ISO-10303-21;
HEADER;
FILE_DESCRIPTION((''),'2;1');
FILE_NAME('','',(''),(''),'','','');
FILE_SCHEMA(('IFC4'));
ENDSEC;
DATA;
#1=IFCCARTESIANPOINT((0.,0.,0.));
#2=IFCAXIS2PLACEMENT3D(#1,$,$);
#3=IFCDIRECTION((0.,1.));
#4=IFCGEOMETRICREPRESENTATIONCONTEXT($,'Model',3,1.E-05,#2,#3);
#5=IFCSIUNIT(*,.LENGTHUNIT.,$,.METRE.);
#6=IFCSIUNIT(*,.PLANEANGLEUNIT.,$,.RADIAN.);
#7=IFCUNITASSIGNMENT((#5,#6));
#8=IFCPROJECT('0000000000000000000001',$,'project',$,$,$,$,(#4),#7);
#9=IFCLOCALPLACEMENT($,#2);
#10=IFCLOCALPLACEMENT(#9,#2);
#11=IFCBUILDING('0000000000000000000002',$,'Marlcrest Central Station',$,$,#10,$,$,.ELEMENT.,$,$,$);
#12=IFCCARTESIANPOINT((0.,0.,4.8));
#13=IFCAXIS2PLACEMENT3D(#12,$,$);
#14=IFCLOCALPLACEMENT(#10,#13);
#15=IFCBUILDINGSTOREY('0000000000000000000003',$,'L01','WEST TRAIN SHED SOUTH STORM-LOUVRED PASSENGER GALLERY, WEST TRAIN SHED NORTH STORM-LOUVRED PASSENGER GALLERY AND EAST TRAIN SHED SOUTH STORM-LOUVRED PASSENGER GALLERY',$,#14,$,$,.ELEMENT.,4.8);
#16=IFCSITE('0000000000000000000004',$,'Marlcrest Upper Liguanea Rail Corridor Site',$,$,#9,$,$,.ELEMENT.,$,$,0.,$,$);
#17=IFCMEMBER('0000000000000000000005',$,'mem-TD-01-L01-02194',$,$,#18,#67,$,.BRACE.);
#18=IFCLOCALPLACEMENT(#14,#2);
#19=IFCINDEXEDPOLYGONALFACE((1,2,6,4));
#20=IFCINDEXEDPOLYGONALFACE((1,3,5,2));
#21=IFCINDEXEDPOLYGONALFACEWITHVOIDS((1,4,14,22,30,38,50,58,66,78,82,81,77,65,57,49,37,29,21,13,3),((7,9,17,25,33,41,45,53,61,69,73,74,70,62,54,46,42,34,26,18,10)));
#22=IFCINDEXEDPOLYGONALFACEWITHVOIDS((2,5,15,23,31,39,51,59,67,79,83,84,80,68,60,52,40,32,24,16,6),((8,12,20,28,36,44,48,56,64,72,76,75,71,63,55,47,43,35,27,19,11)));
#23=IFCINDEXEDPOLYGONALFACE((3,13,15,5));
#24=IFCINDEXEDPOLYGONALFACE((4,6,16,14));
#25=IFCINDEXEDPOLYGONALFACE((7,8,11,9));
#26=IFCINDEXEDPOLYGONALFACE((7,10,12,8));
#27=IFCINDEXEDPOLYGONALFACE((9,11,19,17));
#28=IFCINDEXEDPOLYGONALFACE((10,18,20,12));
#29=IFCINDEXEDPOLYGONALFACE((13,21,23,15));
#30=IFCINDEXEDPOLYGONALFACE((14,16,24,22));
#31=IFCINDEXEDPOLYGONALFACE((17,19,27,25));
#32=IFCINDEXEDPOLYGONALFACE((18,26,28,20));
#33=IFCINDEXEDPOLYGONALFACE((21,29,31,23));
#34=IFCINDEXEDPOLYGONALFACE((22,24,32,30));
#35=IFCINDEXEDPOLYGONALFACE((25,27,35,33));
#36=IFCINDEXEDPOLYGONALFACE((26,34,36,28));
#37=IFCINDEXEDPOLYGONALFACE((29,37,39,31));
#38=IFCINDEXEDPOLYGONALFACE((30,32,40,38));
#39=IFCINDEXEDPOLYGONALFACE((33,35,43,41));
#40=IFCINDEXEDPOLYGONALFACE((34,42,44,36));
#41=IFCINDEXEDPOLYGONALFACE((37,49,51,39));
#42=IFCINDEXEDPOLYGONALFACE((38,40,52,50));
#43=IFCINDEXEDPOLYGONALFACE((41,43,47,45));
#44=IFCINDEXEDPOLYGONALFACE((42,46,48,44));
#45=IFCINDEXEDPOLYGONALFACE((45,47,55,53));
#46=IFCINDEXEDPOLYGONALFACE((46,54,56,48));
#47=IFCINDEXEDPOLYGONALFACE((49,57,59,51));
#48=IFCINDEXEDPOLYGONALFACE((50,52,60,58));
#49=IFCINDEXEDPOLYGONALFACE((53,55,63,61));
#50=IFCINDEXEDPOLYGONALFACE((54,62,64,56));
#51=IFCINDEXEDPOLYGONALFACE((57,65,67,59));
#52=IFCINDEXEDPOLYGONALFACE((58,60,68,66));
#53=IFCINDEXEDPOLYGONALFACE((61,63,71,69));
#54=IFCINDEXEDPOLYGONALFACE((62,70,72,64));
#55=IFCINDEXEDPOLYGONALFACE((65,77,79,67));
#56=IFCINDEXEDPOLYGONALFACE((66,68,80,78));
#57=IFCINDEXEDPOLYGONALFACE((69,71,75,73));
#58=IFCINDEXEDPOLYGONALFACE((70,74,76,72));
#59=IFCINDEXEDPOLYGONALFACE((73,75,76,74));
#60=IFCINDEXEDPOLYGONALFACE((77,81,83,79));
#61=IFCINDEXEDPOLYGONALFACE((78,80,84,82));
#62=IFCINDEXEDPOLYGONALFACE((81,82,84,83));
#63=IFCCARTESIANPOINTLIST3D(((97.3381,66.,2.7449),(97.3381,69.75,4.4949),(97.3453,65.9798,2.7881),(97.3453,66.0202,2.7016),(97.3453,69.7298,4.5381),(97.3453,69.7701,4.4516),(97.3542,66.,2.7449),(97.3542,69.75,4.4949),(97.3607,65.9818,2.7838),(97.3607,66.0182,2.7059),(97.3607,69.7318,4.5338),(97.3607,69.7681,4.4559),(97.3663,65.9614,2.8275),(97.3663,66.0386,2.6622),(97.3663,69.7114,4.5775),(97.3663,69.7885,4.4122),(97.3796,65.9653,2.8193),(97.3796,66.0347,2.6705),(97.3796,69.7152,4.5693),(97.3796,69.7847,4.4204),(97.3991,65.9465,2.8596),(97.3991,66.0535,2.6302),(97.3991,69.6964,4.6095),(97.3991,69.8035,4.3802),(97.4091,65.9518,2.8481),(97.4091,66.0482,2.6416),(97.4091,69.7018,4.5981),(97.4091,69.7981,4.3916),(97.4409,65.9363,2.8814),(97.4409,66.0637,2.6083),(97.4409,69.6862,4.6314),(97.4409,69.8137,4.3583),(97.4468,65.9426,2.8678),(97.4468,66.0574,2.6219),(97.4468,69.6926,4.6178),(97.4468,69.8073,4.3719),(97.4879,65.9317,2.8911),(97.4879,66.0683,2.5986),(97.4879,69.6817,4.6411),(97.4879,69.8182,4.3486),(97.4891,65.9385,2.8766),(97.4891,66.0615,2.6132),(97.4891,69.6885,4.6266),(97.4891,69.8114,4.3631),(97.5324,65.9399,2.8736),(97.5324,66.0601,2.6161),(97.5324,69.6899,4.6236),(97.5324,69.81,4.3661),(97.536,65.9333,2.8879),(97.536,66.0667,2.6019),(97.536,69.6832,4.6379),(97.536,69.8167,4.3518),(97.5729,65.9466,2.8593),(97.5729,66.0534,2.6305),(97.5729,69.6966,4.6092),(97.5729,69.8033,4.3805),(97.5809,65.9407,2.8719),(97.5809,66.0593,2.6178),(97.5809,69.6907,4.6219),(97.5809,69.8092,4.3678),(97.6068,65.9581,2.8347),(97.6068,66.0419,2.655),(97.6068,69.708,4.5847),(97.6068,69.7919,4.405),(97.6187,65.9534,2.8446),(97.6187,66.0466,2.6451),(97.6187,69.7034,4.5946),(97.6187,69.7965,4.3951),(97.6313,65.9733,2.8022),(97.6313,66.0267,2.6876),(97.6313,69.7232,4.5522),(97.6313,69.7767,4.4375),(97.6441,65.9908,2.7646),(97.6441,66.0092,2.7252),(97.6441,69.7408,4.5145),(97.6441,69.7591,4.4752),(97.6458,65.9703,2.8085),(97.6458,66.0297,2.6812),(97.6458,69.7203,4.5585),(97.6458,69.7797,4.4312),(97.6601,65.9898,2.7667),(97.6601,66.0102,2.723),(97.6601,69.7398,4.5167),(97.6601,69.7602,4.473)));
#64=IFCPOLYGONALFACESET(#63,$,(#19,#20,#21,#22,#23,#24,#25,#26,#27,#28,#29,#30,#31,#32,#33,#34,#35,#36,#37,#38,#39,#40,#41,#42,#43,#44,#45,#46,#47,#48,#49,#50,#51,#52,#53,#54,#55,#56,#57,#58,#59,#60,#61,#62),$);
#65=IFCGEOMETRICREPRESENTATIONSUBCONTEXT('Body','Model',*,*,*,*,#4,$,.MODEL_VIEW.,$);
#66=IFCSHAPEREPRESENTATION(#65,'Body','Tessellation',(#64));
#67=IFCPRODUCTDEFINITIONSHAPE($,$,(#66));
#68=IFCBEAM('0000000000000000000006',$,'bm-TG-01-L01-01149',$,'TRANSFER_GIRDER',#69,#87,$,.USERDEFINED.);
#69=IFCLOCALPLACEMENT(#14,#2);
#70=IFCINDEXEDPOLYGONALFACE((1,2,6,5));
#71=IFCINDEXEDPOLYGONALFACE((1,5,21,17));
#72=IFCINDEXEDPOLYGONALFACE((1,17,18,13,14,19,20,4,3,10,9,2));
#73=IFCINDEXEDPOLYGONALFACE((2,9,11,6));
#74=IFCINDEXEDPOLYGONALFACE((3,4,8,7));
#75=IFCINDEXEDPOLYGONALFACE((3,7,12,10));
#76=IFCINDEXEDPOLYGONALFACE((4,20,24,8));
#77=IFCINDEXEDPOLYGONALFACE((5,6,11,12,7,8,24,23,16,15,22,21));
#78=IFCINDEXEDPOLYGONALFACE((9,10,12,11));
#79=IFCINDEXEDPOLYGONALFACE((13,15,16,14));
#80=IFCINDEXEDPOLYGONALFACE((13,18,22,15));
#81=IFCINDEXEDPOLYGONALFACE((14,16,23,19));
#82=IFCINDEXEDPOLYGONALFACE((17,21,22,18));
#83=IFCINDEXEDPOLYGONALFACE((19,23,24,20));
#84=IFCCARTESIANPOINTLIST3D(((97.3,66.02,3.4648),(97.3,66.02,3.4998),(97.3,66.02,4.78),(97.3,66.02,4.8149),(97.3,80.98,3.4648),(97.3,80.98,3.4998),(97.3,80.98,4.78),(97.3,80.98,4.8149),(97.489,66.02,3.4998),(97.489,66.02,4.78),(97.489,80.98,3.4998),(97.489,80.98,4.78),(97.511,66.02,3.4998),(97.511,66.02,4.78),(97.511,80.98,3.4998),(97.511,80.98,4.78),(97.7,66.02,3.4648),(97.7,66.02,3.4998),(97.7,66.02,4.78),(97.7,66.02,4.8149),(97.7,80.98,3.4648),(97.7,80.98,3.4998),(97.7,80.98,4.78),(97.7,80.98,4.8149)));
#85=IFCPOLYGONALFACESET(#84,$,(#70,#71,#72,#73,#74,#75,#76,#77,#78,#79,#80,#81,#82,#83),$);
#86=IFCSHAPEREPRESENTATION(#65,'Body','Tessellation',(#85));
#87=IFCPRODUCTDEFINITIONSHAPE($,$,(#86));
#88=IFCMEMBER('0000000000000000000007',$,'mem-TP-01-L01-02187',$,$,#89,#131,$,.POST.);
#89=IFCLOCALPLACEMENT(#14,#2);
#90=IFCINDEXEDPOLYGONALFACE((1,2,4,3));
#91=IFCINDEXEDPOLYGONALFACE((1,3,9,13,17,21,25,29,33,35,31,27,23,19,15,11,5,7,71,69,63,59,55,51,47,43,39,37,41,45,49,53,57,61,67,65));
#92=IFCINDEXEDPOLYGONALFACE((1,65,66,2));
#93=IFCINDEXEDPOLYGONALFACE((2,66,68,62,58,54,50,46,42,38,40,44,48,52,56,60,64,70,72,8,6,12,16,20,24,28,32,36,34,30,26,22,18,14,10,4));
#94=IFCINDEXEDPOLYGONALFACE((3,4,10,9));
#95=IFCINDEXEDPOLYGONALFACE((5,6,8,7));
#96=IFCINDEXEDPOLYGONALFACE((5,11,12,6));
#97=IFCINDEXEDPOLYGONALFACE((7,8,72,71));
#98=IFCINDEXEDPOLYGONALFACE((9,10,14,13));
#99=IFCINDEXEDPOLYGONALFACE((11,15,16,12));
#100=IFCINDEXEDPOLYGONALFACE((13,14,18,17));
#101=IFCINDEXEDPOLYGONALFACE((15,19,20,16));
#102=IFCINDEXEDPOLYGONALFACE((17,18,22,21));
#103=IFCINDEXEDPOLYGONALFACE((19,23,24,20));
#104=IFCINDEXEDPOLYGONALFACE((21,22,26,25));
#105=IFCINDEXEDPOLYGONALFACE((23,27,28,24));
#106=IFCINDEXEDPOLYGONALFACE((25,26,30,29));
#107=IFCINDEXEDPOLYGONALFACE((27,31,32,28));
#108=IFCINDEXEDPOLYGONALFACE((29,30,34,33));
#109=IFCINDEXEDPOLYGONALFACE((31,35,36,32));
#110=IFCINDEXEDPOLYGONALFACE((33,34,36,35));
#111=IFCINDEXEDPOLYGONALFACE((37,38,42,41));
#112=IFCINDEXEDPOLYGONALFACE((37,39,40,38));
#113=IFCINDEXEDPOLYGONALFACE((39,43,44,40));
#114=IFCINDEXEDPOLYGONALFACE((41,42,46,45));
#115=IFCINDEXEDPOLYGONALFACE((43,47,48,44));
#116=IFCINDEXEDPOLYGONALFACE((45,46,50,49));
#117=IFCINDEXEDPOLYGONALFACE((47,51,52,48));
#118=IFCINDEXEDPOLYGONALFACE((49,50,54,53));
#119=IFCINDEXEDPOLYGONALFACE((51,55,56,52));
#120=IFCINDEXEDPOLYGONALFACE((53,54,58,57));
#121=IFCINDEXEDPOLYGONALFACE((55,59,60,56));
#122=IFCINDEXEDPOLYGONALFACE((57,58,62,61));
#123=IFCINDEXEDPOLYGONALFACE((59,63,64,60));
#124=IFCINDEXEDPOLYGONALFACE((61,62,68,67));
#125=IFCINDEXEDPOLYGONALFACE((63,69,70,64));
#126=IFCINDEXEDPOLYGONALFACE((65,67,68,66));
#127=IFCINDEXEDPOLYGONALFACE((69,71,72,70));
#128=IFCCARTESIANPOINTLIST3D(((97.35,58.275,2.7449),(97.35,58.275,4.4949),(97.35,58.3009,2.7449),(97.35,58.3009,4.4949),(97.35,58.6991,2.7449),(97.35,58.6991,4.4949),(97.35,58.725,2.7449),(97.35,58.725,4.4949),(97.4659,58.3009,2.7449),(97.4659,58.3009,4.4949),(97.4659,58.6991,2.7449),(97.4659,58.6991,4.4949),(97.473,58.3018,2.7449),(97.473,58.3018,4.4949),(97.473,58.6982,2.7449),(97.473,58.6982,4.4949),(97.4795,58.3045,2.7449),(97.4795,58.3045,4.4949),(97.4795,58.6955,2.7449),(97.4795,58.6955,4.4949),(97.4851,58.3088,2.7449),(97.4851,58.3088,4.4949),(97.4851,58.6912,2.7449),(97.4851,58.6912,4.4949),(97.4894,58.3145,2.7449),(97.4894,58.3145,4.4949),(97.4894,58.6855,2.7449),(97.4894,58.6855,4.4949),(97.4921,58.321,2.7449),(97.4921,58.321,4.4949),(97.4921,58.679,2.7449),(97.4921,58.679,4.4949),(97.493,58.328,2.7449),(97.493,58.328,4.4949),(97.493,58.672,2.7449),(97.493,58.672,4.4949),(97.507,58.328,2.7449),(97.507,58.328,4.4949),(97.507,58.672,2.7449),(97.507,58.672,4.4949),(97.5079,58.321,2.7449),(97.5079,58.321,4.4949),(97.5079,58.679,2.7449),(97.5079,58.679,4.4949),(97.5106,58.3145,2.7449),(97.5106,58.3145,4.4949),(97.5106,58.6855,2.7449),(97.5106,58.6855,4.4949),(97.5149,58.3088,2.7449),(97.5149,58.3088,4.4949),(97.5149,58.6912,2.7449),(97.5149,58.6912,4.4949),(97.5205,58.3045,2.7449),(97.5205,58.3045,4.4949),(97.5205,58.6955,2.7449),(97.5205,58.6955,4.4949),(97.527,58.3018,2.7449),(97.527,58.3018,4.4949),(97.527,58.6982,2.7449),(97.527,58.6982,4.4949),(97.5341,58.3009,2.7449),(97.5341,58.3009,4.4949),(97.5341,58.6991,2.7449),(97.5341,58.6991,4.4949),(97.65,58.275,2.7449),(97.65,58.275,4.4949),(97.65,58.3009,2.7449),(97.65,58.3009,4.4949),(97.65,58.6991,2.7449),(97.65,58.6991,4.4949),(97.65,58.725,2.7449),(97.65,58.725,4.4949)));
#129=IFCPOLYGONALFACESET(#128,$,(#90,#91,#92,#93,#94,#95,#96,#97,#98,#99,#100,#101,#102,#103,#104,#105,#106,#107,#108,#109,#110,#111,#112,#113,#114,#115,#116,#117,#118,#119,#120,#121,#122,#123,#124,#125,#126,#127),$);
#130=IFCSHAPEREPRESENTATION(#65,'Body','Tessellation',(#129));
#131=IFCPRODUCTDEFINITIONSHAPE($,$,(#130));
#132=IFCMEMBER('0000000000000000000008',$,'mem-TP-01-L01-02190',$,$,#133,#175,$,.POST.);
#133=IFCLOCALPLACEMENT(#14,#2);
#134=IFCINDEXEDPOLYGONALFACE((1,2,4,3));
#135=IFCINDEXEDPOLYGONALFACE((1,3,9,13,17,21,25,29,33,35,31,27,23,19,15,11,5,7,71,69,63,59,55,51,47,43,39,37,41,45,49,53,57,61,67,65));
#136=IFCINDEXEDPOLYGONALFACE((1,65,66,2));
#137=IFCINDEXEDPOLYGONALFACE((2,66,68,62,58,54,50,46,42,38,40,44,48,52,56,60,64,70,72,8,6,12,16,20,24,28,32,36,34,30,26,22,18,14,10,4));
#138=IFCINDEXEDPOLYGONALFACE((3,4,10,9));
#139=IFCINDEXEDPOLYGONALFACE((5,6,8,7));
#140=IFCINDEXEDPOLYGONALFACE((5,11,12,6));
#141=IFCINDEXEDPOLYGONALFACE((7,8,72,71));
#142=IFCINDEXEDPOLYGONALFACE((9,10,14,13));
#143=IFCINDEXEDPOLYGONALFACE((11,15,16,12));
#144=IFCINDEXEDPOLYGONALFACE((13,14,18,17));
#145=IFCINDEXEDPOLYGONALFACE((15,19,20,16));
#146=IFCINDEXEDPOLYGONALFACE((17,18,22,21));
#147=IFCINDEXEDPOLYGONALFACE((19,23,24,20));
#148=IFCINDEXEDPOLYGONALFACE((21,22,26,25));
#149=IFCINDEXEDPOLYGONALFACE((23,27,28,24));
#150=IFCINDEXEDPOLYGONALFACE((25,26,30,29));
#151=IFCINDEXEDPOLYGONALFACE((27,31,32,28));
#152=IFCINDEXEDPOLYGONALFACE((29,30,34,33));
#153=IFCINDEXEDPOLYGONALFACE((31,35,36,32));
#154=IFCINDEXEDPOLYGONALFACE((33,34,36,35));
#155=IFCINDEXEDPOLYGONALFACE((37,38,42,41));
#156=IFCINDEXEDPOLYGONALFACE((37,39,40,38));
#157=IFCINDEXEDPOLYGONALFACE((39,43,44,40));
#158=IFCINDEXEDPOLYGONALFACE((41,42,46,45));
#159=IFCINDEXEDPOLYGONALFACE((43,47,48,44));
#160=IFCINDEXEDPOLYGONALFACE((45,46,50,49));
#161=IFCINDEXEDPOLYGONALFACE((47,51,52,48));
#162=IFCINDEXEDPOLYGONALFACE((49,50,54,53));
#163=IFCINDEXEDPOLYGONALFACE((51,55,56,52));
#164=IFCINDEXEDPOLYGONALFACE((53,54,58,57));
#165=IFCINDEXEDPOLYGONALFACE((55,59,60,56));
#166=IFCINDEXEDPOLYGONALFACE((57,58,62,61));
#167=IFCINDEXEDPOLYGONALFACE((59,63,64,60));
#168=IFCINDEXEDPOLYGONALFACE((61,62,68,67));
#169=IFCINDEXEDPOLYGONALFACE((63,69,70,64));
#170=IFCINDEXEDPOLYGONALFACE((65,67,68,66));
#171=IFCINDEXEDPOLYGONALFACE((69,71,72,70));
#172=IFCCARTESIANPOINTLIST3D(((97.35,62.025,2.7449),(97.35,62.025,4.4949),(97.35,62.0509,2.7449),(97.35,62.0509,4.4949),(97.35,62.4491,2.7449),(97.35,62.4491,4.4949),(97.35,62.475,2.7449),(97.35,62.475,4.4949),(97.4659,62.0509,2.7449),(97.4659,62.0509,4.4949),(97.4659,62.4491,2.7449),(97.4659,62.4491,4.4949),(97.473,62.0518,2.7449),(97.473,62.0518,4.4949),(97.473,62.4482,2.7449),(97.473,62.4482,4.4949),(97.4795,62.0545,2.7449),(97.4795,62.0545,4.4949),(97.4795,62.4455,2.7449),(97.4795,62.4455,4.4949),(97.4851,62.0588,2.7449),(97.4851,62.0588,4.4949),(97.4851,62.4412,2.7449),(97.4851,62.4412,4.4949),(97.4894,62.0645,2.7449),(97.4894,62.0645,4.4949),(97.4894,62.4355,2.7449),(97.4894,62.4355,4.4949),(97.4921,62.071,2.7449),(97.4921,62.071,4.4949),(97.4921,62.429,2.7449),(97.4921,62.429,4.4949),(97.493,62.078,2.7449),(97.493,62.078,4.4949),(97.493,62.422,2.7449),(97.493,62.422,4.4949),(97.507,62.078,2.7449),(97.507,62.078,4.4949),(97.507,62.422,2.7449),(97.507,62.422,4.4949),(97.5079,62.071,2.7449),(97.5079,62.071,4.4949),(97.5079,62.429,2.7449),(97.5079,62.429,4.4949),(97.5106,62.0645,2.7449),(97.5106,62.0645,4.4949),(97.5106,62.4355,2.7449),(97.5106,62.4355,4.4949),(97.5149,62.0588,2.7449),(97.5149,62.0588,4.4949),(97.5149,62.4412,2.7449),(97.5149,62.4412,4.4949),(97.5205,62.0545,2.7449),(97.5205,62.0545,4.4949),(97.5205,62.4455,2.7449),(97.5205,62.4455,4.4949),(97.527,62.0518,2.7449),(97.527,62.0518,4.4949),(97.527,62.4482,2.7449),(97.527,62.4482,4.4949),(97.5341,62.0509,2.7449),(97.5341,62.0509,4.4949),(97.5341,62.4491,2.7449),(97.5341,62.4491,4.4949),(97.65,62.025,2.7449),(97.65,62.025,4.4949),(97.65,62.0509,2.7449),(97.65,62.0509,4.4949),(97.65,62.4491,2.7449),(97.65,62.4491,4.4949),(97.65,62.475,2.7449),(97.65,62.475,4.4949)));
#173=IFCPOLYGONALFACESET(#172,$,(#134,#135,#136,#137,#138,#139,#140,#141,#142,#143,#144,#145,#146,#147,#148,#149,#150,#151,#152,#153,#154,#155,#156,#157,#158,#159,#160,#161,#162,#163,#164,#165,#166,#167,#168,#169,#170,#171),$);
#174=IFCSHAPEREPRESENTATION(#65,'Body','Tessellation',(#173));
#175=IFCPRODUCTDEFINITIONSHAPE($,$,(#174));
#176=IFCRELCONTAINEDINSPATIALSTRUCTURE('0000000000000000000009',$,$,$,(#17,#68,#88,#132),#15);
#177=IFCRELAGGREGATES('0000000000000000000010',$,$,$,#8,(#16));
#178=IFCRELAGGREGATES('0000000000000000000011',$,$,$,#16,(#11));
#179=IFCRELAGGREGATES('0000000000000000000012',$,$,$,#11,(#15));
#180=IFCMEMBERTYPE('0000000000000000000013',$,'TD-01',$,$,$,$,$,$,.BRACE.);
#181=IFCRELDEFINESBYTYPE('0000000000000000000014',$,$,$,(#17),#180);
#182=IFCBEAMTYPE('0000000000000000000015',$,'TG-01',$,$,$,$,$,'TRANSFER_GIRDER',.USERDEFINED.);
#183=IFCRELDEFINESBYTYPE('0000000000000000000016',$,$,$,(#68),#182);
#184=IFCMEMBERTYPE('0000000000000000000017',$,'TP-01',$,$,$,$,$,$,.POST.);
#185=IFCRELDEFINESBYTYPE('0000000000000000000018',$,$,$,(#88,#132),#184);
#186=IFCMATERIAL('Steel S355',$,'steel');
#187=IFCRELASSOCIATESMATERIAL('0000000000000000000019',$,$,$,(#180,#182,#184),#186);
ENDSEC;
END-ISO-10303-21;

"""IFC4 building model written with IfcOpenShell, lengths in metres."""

from ifc_helpers import new_model, si_unit, direction, frame, origin, origin_2d, place, context, subcontext, project, spatial, hollow_circle, i_section, extrude, material, material_profile, profile_set, type_object, element, save


model = new_model("IFC4")

# Units and contexts
model_context = context("Model", 3, precision=1e-05, world=origin(), true_north=direction((0.0, 1.0)))
body_context = subcontext(model_context, "Body", "Model", "MODEL_VIEW")
ifc_project = project(units=[si_unit("LENGTHUNIT", "METRE"), si_unit("PLANEANGLEUNIT", "RADIAN")], contexts=[model_context])

# Site, building, storey
site_placement = place(None, origin())
site = spatial("IfcSite", under=ifc_project, at=site_placement, Name="Marlcrest Upper Liguanea Rail Corridor Site", CompositionType="ELEMENT", RefElevation=0.0)
building_placement = place(site_placement, origin())
building = spatial("IfcBuilding", under=site, at=building_placement, Name="Marlcrest Central Station", CompositionType="ELEMENT")
storey_placement = place(building_placement, frame((0.0, 0.0, 4.8)))
storey = spatial("IfcBuildingStorey", under=building, at=storey_placement, Name="L01", Description="WEST TRAIN SHED SOUTH STORM-LOUVRED PASSENGER GALLERY, WEST TRAIN SHED NORTH STORM-LOUVRED PASSENGER GALLERY AND EAST TRAIN SHED SOUTH STORM-LOUVRED PASSENGER GALLERY", CompositionType="ELEMENT", Elevation=4.8)

# Shared definitions
ifc_material = material(Name="Steel S355", Category="steel")

# Member
ifc_material_profile_1 = material_profile(ifc_material, hollow_circle(Radius=0.1619, WallThickness=0.0161, at=origin_2d()), Name="CHS 323.9x16")
ifc_profile_set_1 = profile_set([ifc_material_profile_1], Name="Steel S355")
member_type_1 = type_object("IfcMemberType", Name="TD-01", PredefinedType="BRACE", material=ifc_profile_set_1)
for number, where, z_axis, x_axis, name in (
    (1, (97.5, 66.0, 2.7449), (0.0, 0.906183, 0.422885), (-1.0, 0.0, 0.0), "mem-TD-01-L01-02194"),
):
    element("IfcMember", number, at=place(storey_placement, frame(where, z_axis=z_axis, x_axis=x_axis)), inside=storey, type_object=member_type_1, Name=name, PredefinedType="BRACE", context=body_context, shape_type="SweptSolid", body=[
        extrude(hollow_circle(Radius=0.1619, WallThickness=0.0161, at=origin_2d()), origin(), (0.0, 0.0, 1.0), 4.1382),
    ])

# Beam
ifc_material_profile_2 = material_profile(ifc_material, i_section(OverallWidth=0.3999, OverallDepth=1.3501, WebThickness=0.022, FlangeThickness=0.0349, at=origin_2d()), Name="PG 1350x400")
ifc_profile_set_2 = profile_set([ifc_material_profile_2], Name="Steel S355")
beam_type_1 = type_object("IfcBeamType", Name="TG-01", ElementType="TRANSFER_GIRDER", PredefinedType="USERDEFINED", material=ifc_profile_set_2)
beam_1_placement = place(storey_placement, frame((97.5, 66.02, 4.1399), z_axis=(0.0, 1.0, 0.0), x_axis=(-1.0, 0.0, 0.0)))
element("IfcBeam", 2, at=beam_1_placement, inside=storey, type_object=beam_type_1, Name="bm-TG-01-L01-01149", ObjectType="TRANSFER_GIRDER", PredefinedType="USERDEFINED", context=body_context, shape_type="SweptSolid", body=[
    extrude(i_section(OverallWidth=0.3999, OverallDepth=1.3501, WebThickness=0.022, FlangeThickness=0.0349, at=origin_2d()), origin(), (0.0, 0.0, 1.0), 14.96),
])

# Members
ifc_material_profile_3 = material_profile(ifc_material, i_section(OverallWidth=0.3, OverallDepth=0.45, WebThickness=0.0139, FlangeThickness=0.0259, FilletRadius=0.0271, at=origin_2d()), Name="HEB 450")
ifc_profile_set_3 = profile_set([ifc_material_profile_3], Name="Steel S355")
member_type_2 = type_object("IfcMemberType", Name="TP-01", PredefinedType="POST", material=ifc_profile_set_3)
for number, where, z_axis, x_axis, name in (
    (3, (97.5, 58.5, 2.7449), (0.0, 0.0, 1.0), (1.0, 0.0, 0.0), "mem-TP-01-L01-02187"),
    (4, (97.5, 62.25, 2.7449), (0.0, 0.0, 1.0), (1.0, 0.0, 0.0), "mem-TP-01-L01-02190"),
):
    element("IfcMember", number, at=place(storey_placement, frame(where, z_axis=z_axis, x_axis=x_axis)), inside=storey, type_object=member_type_2, Name=name, PredefinedType="POST", context=body_context, shape_type="SweptSolid", body=[
        extrude(i_section(OverallWidth=0.3, OverallDepth=0.45, WebThickness=0.0139, FlangeThickness=0.0259, FilletRadius=0.0271, at=origin_2d()), origin(), (0.0, 0.0, 1.0), 1.75),
    ])

save(model, "model.ifc")
